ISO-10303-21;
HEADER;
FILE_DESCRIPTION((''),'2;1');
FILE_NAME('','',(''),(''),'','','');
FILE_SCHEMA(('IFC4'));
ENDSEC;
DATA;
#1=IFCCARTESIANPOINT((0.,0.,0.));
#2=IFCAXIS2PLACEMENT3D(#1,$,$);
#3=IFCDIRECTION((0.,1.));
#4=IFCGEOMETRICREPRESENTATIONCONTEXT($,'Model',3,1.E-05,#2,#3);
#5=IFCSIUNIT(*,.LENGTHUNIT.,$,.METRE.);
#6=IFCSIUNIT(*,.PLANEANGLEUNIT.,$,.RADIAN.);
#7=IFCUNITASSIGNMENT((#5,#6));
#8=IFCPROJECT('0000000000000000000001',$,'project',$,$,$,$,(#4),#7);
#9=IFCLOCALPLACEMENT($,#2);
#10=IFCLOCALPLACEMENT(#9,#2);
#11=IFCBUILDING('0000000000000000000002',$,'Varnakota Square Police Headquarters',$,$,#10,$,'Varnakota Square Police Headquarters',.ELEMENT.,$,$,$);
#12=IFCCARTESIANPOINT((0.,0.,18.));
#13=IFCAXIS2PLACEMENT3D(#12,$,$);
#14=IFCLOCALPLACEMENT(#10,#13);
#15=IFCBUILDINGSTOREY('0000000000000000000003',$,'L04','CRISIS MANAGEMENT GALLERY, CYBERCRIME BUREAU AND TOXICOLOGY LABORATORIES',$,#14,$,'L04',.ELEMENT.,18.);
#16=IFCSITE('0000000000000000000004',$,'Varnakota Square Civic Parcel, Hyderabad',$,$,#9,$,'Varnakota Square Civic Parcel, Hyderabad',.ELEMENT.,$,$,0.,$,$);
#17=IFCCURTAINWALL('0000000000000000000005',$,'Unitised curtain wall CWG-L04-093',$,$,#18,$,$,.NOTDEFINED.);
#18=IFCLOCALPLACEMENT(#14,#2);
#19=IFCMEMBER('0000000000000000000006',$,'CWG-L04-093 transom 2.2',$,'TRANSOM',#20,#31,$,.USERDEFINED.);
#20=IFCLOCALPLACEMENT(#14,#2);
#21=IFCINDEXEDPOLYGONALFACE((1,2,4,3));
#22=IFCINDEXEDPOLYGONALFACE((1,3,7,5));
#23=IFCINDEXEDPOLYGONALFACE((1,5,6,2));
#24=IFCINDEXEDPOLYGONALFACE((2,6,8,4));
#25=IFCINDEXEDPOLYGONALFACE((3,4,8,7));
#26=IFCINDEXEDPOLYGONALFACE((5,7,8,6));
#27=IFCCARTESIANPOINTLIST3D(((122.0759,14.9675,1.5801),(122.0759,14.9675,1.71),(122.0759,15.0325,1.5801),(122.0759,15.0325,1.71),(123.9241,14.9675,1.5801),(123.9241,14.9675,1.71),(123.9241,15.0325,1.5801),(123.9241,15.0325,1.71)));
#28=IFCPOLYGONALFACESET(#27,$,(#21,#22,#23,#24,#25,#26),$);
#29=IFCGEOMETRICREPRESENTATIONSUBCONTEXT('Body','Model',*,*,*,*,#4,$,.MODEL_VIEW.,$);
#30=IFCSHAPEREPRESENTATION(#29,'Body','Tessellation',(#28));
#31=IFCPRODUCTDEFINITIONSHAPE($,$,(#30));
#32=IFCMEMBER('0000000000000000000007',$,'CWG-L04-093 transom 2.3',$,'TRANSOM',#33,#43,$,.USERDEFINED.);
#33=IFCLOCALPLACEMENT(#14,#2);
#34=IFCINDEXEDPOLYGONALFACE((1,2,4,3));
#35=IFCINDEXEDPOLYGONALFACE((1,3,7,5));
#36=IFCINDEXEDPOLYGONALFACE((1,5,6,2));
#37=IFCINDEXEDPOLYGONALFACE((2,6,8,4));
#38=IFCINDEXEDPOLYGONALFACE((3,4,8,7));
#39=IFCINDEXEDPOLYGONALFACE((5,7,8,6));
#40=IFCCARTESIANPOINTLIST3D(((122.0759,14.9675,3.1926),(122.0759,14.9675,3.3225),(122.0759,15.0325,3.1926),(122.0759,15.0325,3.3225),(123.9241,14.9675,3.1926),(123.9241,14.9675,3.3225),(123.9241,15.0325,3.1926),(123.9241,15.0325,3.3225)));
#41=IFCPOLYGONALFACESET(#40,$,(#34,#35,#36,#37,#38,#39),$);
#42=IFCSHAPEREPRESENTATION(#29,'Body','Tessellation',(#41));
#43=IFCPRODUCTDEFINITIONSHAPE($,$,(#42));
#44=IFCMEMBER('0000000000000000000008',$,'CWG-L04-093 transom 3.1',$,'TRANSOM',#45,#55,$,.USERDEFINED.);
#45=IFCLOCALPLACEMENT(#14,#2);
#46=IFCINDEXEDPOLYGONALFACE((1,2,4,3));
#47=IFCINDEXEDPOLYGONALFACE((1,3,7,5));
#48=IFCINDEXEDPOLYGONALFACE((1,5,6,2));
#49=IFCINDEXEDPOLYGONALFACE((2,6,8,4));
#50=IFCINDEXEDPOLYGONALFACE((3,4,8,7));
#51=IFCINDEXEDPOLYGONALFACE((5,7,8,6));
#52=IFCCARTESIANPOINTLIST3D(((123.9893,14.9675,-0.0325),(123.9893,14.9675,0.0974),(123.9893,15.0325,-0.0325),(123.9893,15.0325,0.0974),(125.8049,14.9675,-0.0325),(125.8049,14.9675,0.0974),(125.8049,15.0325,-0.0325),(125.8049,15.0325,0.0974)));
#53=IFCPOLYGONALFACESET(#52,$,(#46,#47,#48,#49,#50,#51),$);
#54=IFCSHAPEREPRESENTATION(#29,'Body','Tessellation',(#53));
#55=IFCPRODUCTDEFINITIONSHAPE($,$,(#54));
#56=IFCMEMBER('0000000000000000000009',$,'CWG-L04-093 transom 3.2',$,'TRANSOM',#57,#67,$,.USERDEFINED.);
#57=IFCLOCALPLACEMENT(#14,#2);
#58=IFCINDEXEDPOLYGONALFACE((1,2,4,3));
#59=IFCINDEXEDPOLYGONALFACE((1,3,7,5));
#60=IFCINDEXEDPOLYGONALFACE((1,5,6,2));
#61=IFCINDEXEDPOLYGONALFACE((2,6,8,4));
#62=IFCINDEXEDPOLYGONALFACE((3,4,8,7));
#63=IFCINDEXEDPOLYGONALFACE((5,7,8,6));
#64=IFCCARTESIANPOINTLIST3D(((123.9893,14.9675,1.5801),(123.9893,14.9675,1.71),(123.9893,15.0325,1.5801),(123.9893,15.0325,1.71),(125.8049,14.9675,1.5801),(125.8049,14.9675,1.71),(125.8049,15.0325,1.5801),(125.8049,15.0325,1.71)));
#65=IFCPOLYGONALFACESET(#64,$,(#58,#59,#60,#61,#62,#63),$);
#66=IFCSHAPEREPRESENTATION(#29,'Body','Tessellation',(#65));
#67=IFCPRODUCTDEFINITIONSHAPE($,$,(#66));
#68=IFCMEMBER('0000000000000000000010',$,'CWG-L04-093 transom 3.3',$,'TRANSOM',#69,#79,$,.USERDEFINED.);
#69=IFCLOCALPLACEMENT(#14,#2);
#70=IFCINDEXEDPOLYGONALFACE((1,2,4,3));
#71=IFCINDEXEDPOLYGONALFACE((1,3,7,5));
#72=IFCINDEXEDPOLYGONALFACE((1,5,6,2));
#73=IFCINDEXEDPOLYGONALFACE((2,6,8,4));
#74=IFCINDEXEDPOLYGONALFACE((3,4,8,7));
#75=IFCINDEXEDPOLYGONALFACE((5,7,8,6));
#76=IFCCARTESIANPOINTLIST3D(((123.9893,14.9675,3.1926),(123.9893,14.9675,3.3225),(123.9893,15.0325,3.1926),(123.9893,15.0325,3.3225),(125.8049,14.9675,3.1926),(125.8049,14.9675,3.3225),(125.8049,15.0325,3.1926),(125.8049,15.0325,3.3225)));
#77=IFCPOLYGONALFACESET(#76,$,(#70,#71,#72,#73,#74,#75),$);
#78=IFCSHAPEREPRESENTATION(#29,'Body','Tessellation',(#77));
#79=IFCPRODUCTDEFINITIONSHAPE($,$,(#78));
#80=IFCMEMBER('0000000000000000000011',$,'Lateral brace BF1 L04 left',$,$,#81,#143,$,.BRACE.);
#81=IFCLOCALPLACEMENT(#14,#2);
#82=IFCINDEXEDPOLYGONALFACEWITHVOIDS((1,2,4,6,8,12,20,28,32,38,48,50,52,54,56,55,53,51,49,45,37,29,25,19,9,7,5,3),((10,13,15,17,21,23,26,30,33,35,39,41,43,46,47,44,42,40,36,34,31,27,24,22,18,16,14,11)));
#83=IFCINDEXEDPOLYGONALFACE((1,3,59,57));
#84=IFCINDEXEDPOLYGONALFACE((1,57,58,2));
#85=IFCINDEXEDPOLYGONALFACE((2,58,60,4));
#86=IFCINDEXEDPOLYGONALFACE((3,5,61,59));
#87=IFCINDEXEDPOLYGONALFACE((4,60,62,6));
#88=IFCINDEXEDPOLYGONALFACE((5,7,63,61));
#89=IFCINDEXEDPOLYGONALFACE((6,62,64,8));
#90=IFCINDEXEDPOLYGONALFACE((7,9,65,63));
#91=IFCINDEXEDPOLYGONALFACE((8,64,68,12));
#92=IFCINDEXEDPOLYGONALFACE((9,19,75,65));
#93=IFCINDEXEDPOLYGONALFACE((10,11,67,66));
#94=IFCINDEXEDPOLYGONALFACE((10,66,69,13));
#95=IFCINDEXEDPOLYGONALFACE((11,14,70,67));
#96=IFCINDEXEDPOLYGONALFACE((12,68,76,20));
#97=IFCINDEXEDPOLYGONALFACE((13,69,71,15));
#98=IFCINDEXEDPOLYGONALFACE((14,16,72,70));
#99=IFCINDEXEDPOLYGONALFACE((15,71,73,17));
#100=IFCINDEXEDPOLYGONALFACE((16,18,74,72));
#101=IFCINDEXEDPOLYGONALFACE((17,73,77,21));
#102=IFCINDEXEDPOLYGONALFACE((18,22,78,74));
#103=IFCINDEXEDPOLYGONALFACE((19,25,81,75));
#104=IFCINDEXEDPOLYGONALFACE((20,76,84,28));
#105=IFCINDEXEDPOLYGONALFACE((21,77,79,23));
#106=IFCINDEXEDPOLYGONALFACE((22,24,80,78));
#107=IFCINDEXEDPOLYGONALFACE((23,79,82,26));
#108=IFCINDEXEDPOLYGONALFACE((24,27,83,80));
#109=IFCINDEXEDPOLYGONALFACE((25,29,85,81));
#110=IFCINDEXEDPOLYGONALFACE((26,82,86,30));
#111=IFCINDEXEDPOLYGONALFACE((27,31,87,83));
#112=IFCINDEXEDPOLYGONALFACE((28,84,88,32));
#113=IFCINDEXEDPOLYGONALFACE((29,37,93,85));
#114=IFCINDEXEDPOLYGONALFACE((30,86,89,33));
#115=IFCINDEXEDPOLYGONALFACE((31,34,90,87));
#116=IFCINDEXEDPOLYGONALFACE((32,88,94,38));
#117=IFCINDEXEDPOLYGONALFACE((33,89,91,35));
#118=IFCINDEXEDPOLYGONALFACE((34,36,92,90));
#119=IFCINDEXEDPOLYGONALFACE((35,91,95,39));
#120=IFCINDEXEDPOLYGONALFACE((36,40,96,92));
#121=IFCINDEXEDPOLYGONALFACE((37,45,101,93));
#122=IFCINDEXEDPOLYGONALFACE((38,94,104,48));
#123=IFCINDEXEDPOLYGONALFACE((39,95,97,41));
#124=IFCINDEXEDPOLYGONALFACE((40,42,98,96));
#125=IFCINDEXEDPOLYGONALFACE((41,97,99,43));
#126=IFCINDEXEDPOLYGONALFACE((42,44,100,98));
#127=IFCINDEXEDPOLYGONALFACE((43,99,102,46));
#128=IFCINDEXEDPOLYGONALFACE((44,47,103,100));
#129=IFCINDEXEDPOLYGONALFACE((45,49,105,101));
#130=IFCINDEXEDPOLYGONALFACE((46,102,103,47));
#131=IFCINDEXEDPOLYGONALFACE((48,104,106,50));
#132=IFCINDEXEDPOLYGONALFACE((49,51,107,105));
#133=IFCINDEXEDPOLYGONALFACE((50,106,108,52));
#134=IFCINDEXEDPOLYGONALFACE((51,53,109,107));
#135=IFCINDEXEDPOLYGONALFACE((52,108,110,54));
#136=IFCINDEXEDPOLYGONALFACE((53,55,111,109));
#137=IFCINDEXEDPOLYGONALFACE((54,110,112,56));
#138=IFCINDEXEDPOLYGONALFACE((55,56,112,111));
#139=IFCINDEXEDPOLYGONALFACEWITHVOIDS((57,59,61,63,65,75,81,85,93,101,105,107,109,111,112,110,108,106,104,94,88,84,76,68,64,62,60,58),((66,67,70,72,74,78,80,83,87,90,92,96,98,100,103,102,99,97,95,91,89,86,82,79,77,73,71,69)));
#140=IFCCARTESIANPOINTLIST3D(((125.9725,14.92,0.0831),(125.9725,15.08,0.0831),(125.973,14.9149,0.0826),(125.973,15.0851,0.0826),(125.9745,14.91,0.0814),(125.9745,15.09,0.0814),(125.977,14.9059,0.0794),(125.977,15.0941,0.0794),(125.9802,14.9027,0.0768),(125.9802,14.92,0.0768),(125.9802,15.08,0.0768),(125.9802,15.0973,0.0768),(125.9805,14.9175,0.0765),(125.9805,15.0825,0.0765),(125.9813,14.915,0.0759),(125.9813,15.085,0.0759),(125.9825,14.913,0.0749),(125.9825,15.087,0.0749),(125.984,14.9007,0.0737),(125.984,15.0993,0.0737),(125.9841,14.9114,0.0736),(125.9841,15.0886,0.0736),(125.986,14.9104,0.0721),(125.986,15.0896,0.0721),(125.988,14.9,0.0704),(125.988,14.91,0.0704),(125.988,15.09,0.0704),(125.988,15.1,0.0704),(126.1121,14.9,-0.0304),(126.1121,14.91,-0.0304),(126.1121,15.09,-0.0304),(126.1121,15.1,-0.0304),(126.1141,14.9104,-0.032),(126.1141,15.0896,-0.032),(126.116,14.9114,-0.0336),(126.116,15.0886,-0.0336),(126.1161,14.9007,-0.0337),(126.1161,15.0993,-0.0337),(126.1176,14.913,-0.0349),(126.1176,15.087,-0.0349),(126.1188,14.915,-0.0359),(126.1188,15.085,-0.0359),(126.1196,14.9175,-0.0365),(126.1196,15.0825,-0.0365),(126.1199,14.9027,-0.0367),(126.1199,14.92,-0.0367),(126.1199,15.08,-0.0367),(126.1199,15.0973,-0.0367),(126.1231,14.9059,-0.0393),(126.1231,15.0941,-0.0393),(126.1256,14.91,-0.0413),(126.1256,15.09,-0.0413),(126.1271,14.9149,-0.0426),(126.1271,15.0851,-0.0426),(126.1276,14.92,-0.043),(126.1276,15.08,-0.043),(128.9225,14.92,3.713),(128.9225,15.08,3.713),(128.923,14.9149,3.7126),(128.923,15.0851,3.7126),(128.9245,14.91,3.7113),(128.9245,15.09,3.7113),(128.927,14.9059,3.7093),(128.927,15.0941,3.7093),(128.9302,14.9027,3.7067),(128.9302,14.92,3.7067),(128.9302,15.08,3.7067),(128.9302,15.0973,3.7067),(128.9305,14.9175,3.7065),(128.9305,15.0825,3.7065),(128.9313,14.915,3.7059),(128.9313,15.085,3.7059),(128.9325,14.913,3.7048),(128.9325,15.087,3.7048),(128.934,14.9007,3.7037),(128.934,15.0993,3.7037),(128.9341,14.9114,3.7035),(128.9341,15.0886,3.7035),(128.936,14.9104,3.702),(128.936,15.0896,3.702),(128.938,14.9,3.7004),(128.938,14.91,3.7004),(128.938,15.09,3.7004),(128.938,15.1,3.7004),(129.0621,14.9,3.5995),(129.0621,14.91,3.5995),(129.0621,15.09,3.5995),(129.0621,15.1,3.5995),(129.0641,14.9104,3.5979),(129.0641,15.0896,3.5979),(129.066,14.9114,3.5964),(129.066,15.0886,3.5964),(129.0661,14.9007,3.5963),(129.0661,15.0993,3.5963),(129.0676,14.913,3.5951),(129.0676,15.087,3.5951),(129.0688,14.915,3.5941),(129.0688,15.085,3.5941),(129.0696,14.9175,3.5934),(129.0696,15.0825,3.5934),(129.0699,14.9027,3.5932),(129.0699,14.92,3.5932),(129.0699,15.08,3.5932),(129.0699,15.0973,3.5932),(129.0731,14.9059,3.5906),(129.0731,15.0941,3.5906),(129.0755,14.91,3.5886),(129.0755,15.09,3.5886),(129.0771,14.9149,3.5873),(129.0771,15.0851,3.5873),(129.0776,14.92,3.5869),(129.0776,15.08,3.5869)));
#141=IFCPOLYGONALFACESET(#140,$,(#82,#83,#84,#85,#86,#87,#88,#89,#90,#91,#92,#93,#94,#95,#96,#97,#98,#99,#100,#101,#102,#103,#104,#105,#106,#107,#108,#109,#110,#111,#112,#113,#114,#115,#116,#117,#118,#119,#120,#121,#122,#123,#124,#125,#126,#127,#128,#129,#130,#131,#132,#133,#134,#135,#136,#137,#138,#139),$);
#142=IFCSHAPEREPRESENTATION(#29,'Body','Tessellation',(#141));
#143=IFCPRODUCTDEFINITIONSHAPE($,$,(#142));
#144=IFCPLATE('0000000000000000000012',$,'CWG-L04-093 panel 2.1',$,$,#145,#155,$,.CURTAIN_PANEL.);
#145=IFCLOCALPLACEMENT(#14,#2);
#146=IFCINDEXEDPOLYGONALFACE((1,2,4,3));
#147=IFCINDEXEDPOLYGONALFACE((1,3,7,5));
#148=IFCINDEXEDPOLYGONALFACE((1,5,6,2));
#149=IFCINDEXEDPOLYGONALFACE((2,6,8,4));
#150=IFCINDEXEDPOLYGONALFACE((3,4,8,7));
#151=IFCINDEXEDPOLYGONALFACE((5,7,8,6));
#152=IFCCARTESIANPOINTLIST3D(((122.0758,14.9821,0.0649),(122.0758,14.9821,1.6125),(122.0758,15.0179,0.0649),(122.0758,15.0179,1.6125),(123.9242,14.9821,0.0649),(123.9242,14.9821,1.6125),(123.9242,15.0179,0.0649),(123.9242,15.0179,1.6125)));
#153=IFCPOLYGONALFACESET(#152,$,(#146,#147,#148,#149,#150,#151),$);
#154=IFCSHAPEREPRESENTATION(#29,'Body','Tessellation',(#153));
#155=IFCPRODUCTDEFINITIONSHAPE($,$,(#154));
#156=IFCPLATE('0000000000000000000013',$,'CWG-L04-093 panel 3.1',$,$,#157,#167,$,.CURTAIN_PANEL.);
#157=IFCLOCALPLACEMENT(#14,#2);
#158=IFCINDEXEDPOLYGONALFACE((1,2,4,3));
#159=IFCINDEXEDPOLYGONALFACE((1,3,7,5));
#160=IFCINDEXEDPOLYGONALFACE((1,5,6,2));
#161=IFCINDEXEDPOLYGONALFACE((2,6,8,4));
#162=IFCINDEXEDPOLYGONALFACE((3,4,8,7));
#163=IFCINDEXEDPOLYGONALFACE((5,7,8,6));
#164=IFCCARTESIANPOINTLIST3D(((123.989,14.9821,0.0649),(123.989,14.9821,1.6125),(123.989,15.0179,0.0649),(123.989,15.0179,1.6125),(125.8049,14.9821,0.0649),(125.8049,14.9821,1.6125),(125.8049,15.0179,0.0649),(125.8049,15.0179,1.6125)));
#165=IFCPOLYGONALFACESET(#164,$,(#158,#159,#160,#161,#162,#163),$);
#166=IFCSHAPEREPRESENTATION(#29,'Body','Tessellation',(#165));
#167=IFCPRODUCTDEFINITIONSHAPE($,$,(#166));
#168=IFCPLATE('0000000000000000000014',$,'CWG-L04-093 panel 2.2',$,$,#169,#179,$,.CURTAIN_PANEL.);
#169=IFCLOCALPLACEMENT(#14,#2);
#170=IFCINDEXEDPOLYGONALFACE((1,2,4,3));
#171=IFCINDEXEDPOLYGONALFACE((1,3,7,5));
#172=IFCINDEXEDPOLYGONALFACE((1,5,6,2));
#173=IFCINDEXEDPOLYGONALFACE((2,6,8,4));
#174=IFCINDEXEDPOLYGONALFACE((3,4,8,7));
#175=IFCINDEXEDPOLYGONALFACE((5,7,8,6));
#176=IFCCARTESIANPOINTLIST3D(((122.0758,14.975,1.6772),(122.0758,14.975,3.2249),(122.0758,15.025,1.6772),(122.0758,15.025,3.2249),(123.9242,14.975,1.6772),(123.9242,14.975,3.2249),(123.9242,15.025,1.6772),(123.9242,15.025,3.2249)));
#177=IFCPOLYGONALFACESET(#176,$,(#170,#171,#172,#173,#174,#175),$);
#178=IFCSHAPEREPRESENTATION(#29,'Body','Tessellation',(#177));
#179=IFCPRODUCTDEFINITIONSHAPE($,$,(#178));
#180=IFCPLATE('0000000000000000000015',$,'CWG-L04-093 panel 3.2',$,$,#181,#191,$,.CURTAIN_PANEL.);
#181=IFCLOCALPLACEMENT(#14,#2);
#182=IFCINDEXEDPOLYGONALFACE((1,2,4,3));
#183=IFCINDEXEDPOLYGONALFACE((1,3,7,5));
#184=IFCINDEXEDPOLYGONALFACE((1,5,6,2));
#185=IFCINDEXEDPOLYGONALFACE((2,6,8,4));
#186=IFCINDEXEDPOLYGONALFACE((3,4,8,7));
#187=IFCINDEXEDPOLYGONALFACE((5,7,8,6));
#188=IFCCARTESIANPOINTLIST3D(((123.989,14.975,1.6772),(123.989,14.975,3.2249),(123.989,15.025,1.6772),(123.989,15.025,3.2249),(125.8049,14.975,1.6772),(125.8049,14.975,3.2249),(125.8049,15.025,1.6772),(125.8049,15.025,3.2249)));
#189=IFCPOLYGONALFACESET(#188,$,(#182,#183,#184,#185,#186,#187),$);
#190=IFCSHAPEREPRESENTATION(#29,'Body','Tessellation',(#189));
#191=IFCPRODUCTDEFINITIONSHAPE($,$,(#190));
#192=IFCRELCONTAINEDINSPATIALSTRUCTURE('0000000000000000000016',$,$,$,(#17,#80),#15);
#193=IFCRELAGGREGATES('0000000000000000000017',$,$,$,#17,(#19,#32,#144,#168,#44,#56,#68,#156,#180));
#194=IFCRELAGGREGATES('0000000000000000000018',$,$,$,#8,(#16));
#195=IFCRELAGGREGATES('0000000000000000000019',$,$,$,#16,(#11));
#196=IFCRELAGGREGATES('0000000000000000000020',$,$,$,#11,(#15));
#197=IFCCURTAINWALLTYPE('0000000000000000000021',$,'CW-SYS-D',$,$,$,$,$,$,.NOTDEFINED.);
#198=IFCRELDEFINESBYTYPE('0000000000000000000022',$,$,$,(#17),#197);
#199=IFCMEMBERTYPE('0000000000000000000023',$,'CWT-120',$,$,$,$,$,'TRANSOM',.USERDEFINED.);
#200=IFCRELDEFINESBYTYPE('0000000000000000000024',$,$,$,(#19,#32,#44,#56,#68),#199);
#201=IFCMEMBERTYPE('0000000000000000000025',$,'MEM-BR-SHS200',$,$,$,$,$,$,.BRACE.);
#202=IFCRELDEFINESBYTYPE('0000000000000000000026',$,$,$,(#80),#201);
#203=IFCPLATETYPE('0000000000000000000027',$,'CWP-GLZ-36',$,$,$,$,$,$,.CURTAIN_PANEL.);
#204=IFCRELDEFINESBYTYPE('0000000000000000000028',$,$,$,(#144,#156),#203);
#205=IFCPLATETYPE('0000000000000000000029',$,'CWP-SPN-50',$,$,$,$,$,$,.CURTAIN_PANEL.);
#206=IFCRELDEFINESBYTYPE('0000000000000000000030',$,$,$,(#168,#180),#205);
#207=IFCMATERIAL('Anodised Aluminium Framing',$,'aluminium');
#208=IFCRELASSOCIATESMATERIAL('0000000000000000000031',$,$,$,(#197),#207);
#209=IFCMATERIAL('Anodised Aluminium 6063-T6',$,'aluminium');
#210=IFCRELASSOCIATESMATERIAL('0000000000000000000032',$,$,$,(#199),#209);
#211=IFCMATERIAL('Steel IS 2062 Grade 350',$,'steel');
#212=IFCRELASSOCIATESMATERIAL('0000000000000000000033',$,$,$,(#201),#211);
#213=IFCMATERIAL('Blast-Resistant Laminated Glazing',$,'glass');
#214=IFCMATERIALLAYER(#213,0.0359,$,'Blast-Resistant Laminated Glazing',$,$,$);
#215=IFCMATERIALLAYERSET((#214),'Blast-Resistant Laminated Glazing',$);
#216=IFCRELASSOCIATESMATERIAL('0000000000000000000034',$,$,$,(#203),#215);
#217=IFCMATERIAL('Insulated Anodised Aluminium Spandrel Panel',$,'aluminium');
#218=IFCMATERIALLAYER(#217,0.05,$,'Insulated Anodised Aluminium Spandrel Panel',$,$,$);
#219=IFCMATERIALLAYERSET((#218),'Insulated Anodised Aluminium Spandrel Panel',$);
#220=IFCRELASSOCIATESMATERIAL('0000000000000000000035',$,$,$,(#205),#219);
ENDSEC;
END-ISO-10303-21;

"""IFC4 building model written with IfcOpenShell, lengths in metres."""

from ifc_helpers import new_model, si_unit, direction, frame, origin, origin_2d, place, context, subcontext, project, spatial, rectangle, hollow_rectangle, extrude, material, layer, layer_set, material_profile, profile_set, type_object, element, aggregate, save


model = new_model("IFC4")

# Units and contexts
model_context = context("Model", 3, precision=1e-05, world=origin(), true_north=direction((0.0, 1.0)))
body_context = subcontext(model_context, "Body", "Model", "MODEL_VIEW")
ifc_project = project(units=[si_unit("LENGTHUNIT", "METRE"), si_unit("PLANEANGLEUNIT", "RADIAN")], contexts=[model_context])

# Site, building, storey
site_placement = place(None, origin())
site = spatial("IfcSite", under=ifc_project, at=site_placement, Name="Varnakota Square Civic Parcel, Hyderabad", LongName="Varnakota Square Civic Parcel, Hyderabad", CompositionType="ELEMENT", RefElevation=0.0)
building_placement = place(site_placement, origin())
building = spatial("IfcBuilding", under=site, at=building_placement, Name="Varnakota Square Police Headquarters", LongName="Varnakota Square Police Headquarters", CompositionType="ELEMENT")
storey_placement = place(building_placement, frame((0.0, 0.0, 18.0)))
storey = spatial("IfcBuildingStorey", under=building, at=storey_placement, Name="L04", Description="CRISIS MANAGEMENT GALLERY, CYBERCRIME BUREAU AND TOXICOLOGY LABORATORIES", LongName="L04", CompositionType="ELEMENT", Elevation=18.0)

# Shared definitions
ifc_material_1 = material(Name="Steel IS 2062 Grade 350", Category="steel")

# Curtain wall, members
ifc_material_2 = material(Name="Anodised Aluminium Framing", Category="aluminium")
curtain_wall_type = type_object("IfcCurtainWallType", Name="CW-SYS-D", PredefinedType="NOTDEFINED", material=ifc_material_2)
curtain_wall_placement = place(storey_placement, origin())
curtain_wall = element("IfcCurtainWall", 1, at=curtain_wall_placement, inside=storey, type_object=curtain_wall_type, Name="Unitised curtain wall CWG-L04-093", PredefinedType="NOTDEFINED")
ifc_material_3 = material(Name="Anodised Aluminium 6063-T6", Category="aluminium")
ifc_material_profile_1 = material_profile(ifc_material_3, rectangle(XDim=0.0649, YDim=0.1299, at=origin_2d()), Name="ALU TRANSOM 65x130")
ifc_profile_set_1 = profile_set([ifc_material_profile_1], Name="Anodised Aluminium 6063-T6")
member_type_1 = type_object("IfcMemberType", Name="CWT-120", ElementType="TRANSOM", PredefinedType="USERDEFINED", material=ifc_profile_set_1)
member_1_placement = place(storey_placement, frame((122.0759, 15.0, 1.645), z_axis=(1.0, 0.0, 0.0), x_axis=(0.0, 1.0, 0.0)))
member_1 = element("IfcMember", 2, at=member_1_placement, type_object=member_type_1, Name="CWG-L04-093 transom 2.2", ObjectType="TRANSOM", PredefinedType="USERDEFINED", context=body_context, shape_type="SweptSolid", body=[
    extrude(rectangle(XDim=0.0649, YDim=0.1299, at=origin_2d()), origin(), (0.0, 0.0, 1.0), 1.8481),
])
member_2_placement = place(storey_placement, frame((122.0759, 15.0, 3.2576), z_axis=(1.0, 0.0, 0.0), x_axis=(0.0, 1.0, 0.0)))
member_2 = element("IfcMember", 3, at=member_2_placement, type_object=member_type_1, Name="CWG-L04-093 transom 2.3", ObjectType="TRANSOM", PredefinedType="USERDEFINED", context=body_context, shape_type="SweptSolid", body=[
    extrude(rectangle(XDim=0.0649, YDim=0.1299, at=origin_2d()), origin(), (0.0, 0.0, 1.0), 1.8481),
])
member_3_placement = place(storey_placement, frame((123.9893, 15.0, 0.0325), z_axis=(1.0, 0.0, 0.0), x_axis=(0.0, 1.0, 0.0)))
member_3 = element("IfcMember", 4, at=member_3_placement, type_object=member_type_1, Name="CWG-L04-093 transom 3.1", ObjectType="TRANSOM", PredefinedType="USERDEFINED", context=body_context, shape_type="SweptSolid", body=[
    extrude(rectangle(XDim=0.0649, YDim=0.1299, at=origin_2d()), origin(), (0.0, 0.0, 1.0), 1.8157),
])
member_4_placement = place(storey_placement, frame((123.9893, 15.0, 1.645), z_axis=(1.0, 0.0, 0.0), x_axis=(0.0, 1.0, 0.0)))
member_4 = element("IfcMember", 5, at=member_4_placement, type_object=member_type_1, Name="CWG-L04-093 transom 3.2", ObjectType="TRANSOM", PredefinedType="USERDEFINED", context=body_context, shape_type="SweptSolid", body=[
    extrude(rectangle(XDim=0.0649, YDim=0.1299, at=origin_2d()), origin(), (0.0, 0.0, 1.0), 1.8157),
])
member_5_placement = place(storey_placement, frame((123.9893, 15.0, 3.2576), z_axis=(1.0, 0.0, 0.0), x_axis=(0.0, 1.0, 0.0)))
member_5 = element("IfcMember", 6, at=member_5_placement, type_object=member_type_1, Name="CWG-L04-093 transom 3.3", ObjectType="TRANSOM", PredefinedType="USERDEFINED", context=body_context, shape_type="SweptSolid", body=[
    extrude(rectangle(XDim=0.0649, YDim=0.1299, at=origin_2d()), origin(), (0.0, 0.0, 1.0), 1.8157),
])

# Member
ifc_material_profile_2 = material_profile(ifc_material_1, hollow_rectangle(XDim=0.2, YDim=0.2, WallThickness=0.01, InnerFilletRadius=0.01, OuterFilletRadius=0.02, at=origin_2d()), Name="SHS 200x200x10")
ifc_profile_set_2 = profile_set([ifc_material_profile_2], Name="Steel IS 2062 Grade 350")
member_type_2 = type_object("IfcMemberType", Name="MEM-BR-SHS200", PredefinedType="BRACE", material=ifc_profile_set_2)
member_6_placement = place(storey_placement, frame((126.05, 15.0, 0.02), z_axis=(0.630679, 0.0, 0.776044), x_axis=(0.0, 1.0, 0.0)))
element("IfcMember", 7, at=member_6_placement, inside=storey, type_object=member_type_2, Name="Lateral brace BF1 L04 left", PredefinedType="BRACE", context=body_context, shape_type="SweptSolid", body=[
    extrude(hollow_rectangle(XDim=0.2, YDim=0.2, WallThickness=0.01, InnerFilletRadius=0.01, OuterFilletRadius=0.02, at=origin_2d()), origin(), (0.0, 0.0, 1.0), 4.6775),
])

# Plates
ifc_material_4 = material(Name="Blast-Resistant Laminated Glazing", Category="glass")
ifc_layer_1 = layer(ifc_material_4, 0.0359, Name="Blast-Resistant Laminated Glazing")
ifc_layer_set_1 = layer_set([ifc_layer_1], Name="Blast-Resistant Laminated Glazing")
plate_type_1 = type_object("IfcPlateType", Name="CWP-GLZ-36", PredefinedType="CURTAIN_PANEL", material=ifc_layer_set_1)
plate_1_placement = place(storey_placement, frame((123.0, 15.0, 0.0649), z_axis=(0.0, 0.0, 1.0), x_axis=(1.0, 0.0, 0.0)))
plate_1 = element("IfcPlate", 8, at=plate_1_placement, type_object=plate_type_1, Name="CWG-L04-093 panel 2.1", PredefinedType="CURTAIN_PANEL", context=body_context, shape_type="SweptSolid", body=[
    extrude(rectangle(XDim=1.8484, YDim=0.0359, at=origin_2d()), origin(), (0.0, 0.0, 1.0), 1.5476),
])
plate_2_placement = place(storey_placement, frame((124.897, 15.0, 0.0649), z_axis=(0.0, 0.0, 1.0), x_axis=(1.0, 0.0, 0.0)))
plate_2 = element("IfcPlate", 9, at=plate_2_placement, type_object=plate_type_1, Name="CWG-L04-093 panel 3.1", PredefinedType="CURTAIN_PANEL", context=body_context, shape_type="SweptSolid", body=[
    extrude(rectangle(XDim=1.8159, YDim=0.0359, at=origin_2d()), origin(), (0.0, 0.0, 1.0), 1.5476),
])
ifc_material_5 = material(Name="Insulated Anodised Aluminium Spandrel Panel", Category="aluminium")
ifc_layer_2 = layer(ifc_material_5, 0.05, Name="Insulated Anodised Aluminium Spandrel Panel")
ifc_layer_set_2 = layer_set([ifc_layer_2], Name="Insulated Anodised Aluminium Spandrel Panel")
plate_type_2 = type_object("IfcPlateType", Name="CWP-SPN-50", PredefinedType="CURTAIN_PANEL", material=ifc_layer_set_2)
plate_3_placement = place(storey_placement, frame((123.0, 15.0, 1.6772), z_axis=(0.0, 0.0, 1.0), x_axis=(1.0, 0.0, 0.0)))
plate_3 = element("IfcPlate", 10, at=plate_3_placement, type_object=plate_type_2, Name="CWG-L04-093 panel 2.2", PredefinedType="CURTAIN_PANEL", context=body_context, shape_type="SweptSolid", body=[
    extrude(rectangle(XDim=1.8484, YDim=0.05, at=origin_2d()), origin(), (0.0, 0.0, 1.0), 1.5476),
])
plate_4_placement = place(storey_placement, frame((124.897, 15.0, 1.6772), z_axis=(0.0, 0.0, 1.0), x_axis=(1.0, 0.0, 0.0)))
plate_4 = element("IfcPlate", 11, at=plate_4_placement, type_object=plate_type_2, Name="CWG-L04-093 panel 3.2", PredefinedType="CURTAIN_PANEL", context=body_context, shape_type="SweptSolid", body=[
    extrude(rectangle(XDim=1.8159, YDim=0.05, at=origin_2d()), origin(), (0.0, 0.0, 1.0), 1.5476),
])
aggregate(curtain_wall, [member_1, member_2, plate_1, plate_3, member_3, member_4, member_5, plate_2, plate_4])

save(model, "model.ifc")
